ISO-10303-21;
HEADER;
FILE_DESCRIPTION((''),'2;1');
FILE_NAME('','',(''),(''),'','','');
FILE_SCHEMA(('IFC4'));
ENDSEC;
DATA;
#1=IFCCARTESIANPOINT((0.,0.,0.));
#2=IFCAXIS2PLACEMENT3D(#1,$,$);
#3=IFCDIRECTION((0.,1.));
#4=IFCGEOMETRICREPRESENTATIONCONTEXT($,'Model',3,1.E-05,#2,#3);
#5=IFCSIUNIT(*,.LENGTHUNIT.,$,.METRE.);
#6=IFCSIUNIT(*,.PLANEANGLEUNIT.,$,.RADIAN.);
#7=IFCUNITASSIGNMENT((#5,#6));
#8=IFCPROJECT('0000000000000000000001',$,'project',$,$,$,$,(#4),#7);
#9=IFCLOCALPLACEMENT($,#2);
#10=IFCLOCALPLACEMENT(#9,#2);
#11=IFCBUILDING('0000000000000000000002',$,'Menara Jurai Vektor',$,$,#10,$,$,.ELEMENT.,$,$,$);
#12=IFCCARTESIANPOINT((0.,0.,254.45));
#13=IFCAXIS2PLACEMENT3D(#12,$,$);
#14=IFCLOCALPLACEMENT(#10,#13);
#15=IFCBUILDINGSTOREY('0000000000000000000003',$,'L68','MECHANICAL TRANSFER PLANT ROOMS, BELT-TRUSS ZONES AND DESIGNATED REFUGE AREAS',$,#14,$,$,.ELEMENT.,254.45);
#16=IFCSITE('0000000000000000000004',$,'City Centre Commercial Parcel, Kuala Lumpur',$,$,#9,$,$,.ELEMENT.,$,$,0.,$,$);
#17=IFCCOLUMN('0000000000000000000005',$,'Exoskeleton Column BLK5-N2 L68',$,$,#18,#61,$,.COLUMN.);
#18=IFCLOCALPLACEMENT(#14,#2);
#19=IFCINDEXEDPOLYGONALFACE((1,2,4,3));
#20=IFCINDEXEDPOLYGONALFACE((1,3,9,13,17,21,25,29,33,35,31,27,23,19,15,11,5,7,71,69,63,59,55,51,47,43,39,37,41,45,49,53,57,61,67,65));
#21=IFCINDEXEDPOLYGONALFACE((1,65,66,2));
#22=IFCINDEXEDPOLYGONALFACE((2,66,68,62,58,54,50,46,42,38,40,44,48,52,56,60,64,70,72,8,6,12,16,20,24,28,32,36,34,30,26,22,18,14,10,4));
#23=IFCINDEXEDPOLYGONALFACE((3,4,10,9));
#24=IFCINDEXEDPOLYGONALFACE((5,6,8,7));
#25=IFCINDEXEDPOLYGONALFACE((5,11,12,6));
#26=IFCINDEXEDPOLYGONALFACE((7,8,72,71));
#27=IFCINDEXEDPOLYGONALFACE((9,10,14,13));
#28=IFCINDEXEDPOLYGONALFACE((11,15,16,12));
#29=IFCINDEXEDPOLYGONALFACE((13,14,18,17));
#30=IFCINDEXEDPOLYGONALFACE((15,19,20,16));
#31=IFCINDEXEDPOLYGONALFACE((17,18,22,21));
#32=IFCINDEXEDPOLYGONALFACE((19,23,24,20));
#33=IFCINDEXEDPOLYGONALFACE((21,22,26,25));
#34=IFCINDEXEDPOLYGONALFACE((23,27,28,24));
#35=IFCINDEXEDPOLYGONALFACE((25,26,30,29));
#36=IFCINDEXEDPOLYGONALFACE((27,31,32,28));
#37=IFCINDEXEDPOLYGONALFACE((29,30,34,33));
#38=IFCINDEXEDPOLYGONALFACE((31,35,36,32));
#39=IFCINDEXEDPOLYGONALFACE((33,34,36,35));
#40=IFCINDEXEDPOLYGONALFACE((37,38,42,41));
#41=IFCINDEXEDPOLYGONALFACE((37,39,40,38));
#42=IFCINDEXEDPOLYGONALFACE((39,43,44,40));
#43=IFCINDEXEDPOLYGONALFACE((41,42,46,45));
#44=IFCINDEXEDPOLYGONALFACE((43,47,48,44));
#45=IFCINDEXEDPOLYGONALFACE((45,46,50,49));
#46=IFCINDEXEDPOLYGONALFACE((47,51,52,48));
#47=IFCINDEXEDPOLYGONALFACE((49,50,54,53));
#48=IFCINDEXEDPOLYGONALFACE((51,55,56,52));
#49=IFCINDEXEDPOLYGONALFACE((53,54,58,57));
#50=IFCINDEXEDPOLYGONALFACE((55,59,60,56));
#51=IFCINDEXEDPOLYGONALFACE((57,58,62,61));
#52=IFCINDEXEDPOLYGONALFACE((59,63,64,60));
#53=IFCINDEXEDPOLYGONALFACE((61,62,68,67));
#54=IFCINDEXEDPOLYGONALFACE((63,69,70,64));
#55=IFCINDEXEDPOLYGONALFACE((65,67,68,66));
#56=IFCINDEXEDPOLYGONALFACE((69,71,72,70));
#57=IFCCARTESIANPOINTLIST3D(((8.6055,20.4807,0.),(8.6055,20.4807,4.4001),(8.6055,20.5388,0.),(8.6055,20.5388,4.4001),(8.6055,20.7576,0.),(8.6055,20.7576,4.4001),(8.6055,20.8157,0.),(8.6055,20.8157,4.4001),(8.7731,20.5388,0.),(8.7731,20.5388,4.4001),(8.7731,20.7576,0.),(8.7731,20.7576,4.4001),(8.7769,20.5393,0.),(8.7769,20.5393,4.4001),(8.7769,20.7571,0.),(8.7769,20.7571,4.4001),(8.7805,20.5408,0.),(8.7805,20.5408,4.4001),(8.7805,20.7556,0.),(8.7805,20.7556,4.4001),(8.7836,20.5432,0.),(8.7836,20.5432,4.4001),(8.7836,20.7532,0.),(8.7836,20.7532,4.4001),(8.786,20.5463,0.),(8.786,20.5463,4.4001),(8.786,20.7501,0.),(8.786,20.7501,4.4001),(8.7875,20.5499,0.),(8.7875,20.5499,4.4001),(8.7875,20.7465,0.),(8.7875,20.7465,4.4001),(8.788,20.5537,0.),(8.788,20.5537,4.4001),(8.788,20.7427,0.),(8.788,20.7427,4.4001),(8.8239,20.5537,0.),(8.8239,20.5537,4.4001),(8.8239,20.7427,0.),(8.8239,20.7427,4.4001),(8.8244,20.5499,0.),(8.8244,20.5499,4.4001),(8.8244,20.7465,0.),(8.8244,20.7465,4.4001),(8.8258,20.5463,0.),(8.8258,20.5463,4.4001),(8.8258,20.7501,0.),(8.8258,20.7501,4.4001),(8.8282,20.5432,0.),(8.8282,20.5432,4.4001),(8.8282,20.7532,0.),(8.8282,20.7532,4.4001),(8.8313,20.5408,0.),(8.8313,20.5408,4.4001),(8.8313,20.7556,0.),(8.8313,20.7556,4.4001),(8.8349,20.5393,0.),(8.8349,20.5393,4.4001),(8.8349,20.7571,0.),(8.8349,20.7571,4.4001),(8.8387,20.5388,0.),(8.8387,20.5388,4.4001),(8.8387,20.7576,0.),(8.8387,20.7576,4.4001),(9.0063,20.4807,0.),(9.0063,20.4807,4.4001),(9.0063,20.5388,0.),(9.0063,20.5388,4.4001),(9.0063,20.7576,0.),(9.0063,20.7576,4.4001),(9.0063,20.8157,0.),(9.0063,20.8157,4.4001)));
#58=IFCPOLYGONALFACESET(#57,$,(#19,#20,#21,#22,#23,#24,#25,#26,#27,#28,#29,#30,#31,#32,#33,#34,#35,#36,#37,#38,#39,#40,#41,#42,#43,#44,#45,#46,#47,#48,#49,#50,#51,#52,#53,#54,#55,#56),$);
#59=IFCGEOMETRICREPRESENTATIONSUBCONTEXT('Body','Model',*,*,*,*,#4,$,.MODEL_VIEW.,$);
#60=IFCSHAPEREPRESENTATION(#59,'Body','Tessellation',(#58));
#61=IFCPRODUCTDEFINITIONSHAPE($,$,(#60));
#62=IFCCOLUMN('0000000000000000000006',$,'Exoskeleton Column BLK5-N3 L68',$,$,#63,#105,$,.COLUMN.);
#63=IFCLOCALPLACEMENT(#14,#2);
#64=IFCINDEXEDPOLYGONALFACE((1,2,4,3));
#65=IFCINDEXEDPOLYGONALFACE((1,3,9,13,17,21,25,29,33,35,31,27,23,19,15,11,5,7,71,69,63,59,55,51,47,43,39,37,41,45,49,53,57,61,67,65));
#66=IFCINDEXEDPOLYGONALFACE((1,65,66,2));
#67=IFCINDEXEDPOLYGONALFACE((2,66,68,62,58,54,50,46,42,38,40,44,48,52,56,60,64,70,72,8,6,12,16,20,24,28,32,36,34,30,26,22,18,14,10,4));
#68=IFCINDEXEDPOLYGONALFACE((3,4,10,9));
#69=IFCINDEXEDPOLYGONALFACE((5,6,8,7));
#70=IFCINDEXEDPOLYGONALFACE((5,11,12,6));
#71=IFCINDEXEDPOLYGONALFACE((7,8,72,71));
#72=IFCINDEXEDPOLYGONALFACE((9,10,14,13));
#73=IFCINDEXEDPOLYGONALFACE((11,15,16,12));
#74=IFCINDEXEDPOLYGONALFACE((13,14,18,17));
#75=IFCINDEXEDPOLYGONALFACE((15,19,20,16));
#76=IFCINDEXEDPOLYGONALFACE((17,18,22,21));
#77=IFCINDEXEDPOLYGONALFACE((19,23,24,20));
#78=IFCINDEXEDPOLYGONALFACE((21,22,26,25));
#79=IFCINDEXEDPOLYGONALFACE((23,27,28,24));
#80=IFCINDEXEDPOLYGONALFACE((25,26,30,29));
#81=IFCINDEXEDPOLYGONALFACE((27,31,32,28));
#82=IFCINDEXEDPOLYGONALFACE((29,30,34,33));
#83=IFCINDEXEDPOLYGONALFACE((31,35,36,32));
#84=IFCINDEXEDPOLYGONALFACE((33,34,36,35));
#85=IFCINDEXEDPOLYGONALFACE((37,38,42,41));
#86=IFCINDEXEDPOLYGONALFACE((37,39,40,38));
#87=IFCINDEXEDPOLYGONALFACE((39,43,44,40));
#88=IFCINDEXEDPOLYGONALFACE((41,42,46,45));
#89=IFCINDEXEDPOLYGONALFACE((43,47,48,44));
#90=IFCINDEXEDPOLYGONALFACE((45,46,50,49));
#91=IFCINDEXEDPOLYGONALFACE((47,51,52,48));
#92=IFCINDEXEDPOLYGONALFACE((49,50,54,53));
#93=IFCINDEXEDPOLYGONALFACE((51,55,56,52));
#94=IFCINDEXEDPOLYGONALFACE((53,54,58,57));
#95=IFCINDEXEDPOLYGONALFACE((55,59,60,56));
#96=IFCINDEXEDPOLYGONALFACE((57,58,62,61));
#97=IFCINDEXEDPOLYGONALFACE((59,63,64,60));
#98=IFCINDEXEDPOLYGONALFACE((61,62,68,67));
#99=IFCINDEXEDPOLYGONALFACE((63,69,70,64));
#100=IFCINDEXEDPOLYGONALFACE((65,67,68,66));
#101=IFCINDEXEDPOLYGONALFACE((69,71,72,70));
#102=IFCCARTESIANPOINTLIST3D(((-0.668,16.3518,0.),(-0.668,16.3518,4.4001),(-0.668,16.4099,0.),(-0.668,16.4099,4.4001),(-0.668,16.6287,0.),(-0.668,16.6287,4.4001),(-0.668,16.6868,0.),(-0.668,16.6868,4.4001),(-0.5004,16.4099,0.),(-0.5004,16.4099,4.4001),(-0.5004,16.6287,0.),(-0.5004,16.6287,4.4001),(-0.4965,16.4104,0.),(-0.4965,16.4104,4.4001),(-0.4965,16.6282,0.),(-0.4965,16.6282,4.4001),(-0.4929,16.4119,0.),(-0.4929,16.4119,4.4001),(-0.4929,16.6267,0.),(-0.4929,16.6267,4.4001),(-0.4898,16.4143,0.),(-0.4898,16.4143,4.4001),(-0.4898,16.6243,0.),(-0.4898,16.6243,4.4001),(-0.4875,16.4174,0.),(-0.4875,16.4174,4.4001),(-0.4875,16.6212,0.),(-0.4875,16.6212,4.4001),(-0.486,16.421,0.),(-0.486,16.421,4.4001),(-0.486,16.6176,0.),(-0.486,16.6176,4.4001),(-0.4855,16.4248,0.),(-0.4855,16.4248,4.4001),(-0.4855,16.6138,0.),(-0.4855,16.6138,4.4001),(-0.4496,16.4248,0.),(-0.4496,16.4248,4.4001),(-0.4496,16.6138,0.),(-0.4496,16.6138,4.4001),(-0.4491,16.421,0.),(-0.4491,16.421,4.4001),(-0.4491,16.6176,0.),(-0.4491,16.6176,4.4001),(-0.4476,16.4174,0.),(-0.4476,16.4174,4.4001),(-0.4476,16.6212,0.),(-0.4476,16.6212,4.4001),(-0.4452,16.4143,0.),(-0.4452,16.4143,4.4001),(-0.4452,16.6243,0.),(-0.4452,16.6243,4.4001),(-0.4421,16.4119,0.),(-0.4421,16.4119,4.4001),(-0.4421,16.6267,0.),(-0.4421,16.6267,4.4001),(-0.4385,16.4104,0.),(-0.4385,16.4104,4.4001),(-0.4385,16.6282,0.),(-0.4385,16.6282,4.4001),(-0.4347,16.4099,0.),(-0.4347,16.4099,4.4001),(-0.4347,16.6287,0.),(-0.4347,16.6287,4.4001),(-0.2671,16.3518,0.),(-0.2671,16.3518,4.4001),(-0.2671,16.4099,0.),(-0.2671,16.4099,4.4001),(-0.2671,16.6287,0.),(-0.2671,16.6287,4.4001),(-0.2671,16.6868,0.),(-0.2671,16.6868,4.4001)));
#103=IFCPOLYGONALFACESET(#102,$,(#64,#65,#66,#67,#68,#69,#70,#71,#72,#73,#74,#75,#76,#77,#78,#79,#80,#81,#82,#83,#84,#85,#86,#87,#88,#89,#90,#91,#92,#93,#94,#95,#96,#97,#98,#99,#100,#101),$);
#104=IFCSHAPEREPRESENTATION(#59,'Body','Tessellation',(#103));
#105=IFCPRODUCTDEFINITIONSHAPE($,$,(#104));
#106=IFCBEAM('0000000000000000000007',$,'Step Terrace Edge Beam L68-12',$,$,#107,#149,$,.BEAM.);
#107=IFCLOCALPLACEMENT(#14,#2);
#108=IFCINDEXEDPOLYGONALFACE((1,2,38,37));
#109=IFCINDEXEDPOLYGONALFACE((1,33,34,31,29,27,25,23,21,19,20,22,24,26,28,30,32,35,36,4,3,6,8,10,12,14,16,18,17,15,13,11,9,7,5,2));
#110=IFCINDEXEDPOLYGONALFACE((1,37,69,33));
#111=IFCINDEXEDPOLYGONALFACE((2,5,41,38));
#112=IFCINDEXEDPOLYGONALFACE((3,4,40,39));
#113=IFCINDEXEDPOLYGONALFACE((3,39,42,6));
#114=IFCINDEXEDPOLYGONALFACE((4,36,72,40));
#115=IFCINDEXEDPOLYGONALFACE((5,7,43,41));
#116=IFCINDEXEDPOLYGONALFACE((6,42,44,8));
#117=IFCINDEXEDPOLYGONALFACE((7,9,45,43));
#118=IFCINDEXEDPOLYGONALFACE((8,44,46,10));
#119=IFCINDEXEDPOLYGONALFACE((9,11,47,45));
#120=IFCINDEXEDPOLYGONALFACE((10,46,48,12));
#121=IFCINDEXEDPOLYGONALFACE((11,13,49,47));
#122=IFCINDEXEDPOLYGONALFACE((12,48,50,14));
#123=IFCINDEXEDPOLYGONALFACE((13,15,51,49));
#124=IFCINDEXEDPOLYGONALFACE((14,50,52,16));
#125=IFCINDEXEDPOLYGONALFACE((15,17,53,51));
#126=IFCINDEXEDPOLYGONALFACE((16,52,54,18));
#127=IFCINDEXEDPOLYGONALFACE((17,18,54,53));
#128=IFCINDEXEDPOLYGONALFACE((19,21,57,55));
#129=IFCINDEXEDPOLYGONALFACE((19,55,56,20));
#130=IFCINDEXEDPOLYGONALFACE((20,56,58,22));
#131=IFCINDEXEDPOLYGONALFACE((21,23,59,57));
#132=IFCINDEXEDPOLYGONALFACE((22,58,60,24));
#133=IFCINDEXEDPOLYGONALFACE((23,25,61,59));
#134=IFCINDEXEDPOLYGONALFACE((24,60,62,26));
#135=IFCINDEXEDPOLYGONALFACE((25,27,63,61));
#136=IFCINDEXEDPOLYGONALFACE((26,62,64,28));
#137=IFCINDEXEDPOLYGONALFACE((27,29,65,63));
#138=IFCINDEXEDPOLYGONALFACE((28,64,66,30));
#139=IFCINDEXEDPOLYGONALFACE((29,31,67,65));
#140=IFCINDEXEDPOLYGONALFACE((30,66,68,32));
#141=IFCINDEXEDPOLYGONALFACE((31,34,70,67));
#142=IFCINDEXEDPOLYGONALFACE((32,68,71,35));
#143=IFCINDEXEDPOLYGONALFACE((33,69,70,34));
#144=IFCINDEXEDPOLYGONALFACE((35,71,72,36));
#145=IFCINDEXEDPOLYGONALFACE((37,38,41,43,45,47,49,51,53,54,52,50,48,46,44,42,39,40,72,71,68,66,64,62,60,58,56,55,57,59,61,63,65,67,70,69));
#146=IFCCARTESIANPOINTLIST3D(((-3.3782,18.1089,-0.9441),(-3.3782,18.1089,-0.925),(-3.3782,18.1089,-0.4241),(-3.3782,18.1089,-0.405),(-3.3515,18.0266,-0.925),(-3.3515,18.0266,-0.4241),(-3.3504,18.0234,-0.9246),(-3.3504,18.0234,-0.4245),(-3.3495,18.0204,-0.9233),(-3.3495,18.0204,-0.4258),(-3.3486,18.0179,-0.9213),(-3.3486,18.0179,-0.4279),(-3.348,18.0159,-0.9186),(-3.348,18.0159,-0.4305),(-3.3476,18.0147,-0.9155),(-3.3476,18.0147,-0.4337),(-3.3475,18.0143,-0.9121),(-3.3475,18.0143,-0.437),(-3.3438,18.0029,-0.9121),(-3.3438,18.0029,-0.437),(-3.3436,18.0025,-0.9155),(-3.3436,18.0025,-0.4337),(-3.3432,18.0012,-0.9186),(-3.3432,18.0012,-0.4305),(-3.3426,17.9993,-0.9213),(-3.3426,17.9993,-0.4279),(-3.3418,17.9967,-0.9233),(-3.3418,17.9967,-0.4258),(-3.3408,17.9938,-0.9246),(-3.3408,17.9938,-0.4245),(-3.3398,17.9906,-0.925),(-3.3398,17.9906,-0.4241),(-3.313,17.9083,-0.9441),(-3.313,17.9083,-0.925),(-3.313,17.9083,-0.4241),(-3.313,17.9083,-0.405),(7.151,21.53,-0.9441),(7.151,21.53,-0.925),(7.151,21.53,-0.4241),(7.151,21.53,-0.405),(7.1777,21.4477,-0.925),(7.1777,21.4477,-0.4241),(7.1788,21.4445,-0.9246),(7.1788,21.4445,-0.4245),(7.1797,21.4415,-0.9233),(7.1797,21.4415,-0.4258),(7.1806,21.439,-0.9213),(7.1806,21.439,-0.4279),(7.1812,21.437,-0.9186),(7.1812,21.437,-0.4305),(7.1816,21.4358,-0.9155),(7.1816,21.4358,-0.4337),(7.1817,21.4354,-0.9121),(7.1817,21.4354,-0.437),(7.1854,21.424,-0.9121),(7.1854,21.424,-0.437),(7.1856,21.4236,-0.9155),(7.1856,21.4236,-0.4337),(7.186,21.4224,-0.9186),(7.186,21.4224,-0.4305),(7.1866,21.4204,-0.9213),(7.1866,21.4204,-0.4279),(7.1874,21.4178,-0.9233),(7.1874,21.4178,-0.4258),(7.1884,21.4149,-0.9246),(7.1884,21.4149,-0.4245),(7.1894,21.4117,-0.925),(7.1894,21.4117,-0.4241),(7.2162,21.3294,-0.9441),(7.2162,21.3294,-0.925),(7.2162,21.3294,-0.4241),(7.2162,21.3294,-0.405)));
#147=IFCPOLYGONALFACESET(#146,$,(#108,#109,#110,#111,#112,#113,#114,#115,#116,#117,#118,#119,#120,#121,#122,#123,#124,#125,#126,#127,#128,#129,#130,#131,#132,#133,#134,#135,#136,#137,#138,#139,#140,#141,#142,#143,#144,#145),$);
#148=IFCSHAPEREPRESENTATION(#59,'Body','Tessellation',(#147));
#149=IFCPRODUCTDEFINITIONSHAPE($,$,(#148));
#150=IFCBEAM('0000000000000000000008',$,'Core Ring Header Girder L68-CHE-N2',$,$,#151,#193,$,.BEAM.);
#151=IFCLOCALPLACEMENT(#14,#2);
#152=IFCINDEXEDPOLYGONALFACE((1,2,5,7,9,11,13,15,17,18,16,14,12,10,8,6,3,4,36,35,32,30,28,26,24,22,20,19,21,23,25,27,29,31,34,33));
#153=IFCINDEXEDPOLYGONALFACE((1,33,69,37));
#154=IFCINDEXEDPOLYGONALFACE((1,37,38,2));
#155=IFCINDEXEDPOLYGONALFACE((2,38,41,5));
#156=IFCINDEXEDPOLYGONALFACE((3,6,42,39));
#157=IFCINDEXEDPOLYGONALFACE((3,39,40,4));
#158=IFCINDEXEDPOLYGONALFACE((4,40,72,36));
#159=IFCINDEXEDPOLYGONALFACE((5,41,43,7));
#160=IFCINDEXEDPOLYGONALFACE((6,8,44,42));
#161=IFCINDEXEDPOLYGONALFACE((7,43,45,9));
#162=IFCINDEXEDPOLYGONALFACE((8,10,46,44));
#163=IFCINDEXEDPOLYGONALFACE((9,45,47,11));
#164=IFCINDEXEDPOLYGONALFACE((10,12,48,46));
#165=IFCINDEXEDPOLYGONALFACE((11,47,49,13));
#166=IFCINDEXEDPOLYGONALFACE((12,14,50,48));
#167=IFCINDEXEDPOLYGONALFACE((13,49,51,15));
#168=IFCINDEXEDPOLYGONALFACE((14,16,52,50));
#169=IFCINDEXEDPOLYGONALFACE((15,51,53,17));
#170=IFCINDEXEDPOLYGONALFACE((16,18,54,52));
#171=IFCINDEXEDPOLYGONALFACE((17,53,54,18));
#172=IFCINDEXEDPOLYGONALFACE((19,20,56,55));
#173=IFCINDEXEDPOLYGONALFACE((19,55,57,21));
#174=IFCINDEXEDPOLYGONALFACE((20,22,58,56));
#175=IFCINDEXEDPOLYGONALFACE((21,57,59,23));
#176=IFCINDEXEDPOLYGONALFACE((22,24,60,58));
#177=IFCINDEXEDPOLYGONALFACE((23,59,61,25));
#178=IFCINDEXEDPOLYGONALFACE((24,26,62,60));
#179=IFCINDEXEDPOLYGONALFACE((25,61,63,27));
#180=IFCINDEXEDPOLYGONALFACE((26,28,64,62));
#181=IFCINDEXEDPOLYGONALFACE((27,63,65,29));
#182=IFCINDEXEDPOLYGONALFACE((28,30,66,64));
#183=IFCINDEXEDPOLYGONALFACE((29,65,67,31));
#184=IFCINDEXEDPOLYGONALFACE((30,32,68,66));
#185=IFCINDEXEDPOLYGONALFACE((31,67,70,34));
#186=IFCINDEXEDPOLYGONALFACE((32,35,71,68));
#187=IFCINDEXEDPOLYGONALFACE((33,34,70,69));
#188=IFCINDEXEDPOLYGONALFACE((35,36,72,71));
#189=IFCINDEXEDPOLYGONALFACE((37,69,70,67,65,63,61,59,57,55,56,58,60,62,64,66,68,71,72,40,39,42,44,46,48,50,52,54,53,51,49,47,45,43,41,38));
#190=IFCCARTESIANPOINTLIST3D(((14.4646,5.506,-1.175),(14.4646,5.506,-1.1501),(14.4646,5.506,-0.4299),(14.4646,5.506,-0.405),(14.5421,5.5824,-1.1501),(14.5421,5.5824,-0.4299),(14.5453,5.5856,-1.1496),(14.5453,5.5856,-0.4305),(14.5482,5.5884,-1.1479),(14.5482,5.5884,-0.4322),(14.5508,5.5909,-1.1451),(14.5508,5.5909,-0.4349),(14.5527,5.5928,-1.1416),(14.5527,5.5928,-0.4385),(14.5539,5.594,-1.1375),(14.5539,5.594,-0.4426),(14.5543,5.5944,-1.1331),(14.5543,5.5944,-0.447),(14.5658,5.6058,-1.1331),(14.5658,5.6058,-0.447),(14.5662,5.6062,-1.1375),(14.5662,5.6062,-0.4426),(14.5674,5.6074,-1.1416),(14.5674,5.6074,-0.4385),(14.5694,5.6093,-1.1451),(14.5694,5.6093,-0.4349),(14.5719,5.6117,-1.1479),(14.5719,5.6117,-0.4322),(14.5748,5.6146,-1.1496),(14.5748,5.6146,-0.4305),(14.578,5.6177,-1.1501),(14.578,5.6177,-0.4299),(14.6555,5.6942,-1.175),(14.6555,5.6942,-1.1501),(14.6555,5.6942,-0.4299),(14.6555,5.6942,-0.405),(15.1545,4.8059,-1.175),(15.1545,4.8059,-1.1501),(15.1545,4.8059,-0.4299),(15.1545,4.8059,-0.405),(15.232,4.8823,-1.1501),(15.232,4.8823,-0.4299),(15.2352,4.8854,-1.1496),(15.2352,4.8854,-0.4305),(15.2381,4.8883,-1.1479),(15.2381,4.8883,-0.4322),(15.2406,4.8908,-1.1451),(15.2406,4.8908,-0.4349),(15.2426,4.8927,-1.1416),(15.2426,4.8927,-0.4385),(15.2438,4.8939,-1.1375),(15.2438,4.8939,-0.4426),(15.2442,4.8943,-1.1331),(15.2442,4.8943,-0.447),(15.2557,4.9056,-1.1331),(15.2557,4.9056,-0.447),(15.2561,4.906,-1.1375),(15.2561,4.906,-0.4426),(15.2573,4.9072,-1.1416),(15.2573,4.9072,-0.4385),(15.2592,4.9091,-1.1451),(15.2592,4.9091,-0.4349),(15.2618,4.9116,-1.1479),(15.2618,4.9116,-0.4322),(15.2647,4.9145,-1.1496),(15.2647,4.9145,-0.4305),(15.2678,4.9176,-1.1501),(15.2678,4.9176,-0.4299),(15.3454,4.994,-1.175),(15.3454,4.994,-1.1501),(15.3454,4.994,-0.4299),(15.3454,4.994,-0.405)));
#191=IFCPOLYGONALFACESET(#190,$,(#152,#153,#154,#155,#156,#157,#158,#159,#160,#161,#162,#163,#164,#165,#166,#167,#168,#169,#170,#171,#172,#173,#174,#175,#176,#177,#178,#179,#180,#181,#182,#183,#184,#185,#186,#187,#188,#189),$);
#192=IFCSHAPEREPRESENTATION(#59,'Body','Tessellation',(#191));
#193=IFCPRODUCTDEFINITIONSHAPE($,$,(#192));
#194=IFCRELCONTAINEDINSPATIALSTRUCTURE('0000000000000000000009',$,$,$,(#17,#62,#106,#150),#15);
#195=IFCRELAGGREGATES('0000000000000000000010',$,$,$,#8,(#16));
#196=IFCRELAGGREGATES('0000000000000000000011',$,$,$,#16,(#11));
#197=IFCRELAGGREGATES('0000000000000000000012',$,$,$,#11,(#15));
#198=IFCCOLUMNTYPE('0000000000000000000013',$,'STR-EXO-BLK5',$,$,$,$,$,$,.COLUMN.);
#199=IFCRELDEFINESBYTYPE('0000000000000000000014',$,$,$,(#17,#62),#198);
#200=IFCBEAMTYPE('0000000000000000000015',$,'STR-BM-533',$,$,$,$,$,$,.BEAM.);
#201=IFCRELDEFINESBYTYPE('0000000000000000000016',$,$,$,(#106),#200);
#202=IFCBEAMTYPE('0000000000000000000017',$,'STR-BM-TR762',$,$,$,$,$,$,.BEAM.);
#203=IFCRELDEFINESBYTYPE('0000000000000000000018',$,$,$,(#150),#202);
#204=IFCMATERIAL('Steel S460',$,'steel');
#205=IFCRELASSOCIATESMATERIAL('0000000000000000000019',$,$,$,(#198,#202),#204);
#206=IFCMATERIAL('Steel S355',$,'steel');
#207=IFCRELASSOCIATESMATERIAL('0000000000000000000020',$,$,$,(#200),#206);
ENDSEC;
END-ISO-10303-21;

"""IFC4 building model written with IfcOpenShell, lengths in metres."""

from ifc_helpers import new_model, si_unit, direction, frame, origin, origin_2d, place, context, subcontext, project, spatial, i_section, extrude, material, material_profile, profile_set, type_object, element, save


model = new_model("IFC4")

# Units and contexts
model_context = context("Model", 3, precision=1e-05, world=origin(), true_north=direction((0.0, 1.0)))
body_context = subcontext(model_context, "Body", "Model", "MODEL_VIEW")
ifc_project = project(units=[si_unit("LENGTHUNIT", "METRE"), si_unit("PLANEANGLEUNIT", "RADIAN")], contexts=[model_context])

# Site, building, storey
site_placement = place(None, origin())
site = spatial("IfcSite", under=ifc_project, at=site_placement, Name="City Centre Commercial Parcel, Kuala Lumpur", CompositionType="ELEMENT", RefElevation=0.0)
building_placement = place(site_placement, origin())
building = spatial("IfcBuilding", under=site, at=building_placement, Name="Menara Jurai Vektor", CompositionType="ELEMENT")
storey_placement = place(building_placement, frame((0.0, 0.0, 254.45)))
storey = spatial("IfcBuildingStorey", under=building, at=storey_placement, Name="L68", Description="MECHANICAL TRANSFER PLANT ROOMS, BELT-TRUSS ZONES AND DESIGNATED REFUGE AREAS", CompositionType="ELEMENT", Elevation=254.45)

# Columns
ifc_material_1 = material(Name="Steel S460", Category="steel")
ifc_material_profile_1 = material_profile(ifc_material_1, i_section(OverallWidth=0.4009, OverallDepth=0.335, WebThickness=0.0359, FlangeThickness=0.0581, FilletRadius=0.0149, at=origin_2d()), Name="HD 400x463")
ifc_profile_set_1 = profile_set([ifc_material_profile_1], Name="Steel S460")
column_type = type_object("IfcColumnType", Name="STR-EXO-BLK5", PredefinedType="COLUMN", material=ifc_profile_set_1)
for number, where, z_axis, x_axis, name in (
    (1, (8.8059, 20.6482, 0.0), (0.0, 0.0, 1.0), (1.0, 0.0, 0.0), "Exoskeleton Column BLK5-N2 L68"),
    (2, (-0.4675, 16.5193, 0.0), (0.0, 0.0, 1.0), (1.0, 0.0, 0.0), "Exoskeleton Column BLK5-N3 L68"),
):
    element("IfcColumn", number, at=place(storey_placement, frame(where, z_axis=z_axis, x_axis=x_axis)), inside=storey, type_object=column_type, Name=name, PredefinedType="COLUMN", context=body_context, shape_type="SweptSolid", body=[
        extrude(i_section(OverallWidth=0.4009, OverallDepth=0.335, WebThickness=0.0359, FlangeThickness=0.0581, FilletRadius=0.0149, at=origin_2d()), origin(), (0.0, 0.0, 1.0), 4.4001),
    ])

# Beams
ifc_material_2 = material(Name="Steel S355", Category="steel")
ifc_material_profile_2 = material_profile(ifc_material_2, i_section(OverallWidth=0.2109, OverallDepth=0.5391, WebThickness=0.012, FlangeThickness=0.019, FilletRadius=0.0129, at=origin_2d()), Name="UKB 533x210x109")
ifc_profile_set_2 = profile_set([ifc_material_profile_2], Name="Steel S355")
beam_type_1 = type_object("IfcBeamType", Name="STR-BM-533", PredefinedType="BEAM", material=ifc_profile_set_2)
beam_1_placement = place(storey_placement, frame((7.1836, 21.4297, -0.6746), z_axis=(-0.951057, -0.309014, 0.0), x_axis=(0.309014, -0.951057, 0.0)))
element("IfcBeam", 3, at=beam_1_placement, inside=storey, type_object=beam_type_1, Name="Step Terrace Edge Beam L68-12", PredefinedType="BEAM", context=body_context, shape_type="SweptSolid", body=[
    extrude(i_section(OverallWidth=0.2109, OverallDepth=0.5391, WebThickness=0.012, FlangeThickness=0.019, FilletRadius=0.0129, at=origin_2d()), origin(), (0.0, 0.0, 1.0), 11.071),
])
ifc_material_profile_3 = material_profile(ifc_material_1, i_section(OverallWidth=0.2681, OverallDepth=0.77, WebThickness=0.0161, FlangeThickness=0.0249, FilletRadius=0.0171, at=origin_2d()), Name="UKB 762x267x197")
ifc_profile_set_3 = profile_set([ifc_material_profile_3], Name="Steel S460")
beam_type_2 = type_object("IfcBeamType", Name="STR-BM-TR762", PredefinedType="BEAM", material=ifc_profile_set_3)
beam_2_placement = place(storey_placement, frame((14.5601, 5.6001, -0.79), z_axis=(0.701872, -0.712303, 0.0), x_axis=(0.712303, 0.701872, 0.0)))
element("IfcBeam", 4, at=beam_2_placement, inside=storey, type_object=beam_type_2, Name="Core Ring Header Girder L68-CHE-N2", PredefinedType="BEAM", context=body_context, shape_type="SweptSolid", body=[
    extrude(i_section(OverallWidth=0.2681, OverallDepth=0.77, WebThickness=0.0161, FlangeThickness=0.0249, FilletRadius=0.0171, at=origin_2d()), origin(), (0.0, 0.0, 1.0), 0.9829),
])

save(model, "model.ifc")
